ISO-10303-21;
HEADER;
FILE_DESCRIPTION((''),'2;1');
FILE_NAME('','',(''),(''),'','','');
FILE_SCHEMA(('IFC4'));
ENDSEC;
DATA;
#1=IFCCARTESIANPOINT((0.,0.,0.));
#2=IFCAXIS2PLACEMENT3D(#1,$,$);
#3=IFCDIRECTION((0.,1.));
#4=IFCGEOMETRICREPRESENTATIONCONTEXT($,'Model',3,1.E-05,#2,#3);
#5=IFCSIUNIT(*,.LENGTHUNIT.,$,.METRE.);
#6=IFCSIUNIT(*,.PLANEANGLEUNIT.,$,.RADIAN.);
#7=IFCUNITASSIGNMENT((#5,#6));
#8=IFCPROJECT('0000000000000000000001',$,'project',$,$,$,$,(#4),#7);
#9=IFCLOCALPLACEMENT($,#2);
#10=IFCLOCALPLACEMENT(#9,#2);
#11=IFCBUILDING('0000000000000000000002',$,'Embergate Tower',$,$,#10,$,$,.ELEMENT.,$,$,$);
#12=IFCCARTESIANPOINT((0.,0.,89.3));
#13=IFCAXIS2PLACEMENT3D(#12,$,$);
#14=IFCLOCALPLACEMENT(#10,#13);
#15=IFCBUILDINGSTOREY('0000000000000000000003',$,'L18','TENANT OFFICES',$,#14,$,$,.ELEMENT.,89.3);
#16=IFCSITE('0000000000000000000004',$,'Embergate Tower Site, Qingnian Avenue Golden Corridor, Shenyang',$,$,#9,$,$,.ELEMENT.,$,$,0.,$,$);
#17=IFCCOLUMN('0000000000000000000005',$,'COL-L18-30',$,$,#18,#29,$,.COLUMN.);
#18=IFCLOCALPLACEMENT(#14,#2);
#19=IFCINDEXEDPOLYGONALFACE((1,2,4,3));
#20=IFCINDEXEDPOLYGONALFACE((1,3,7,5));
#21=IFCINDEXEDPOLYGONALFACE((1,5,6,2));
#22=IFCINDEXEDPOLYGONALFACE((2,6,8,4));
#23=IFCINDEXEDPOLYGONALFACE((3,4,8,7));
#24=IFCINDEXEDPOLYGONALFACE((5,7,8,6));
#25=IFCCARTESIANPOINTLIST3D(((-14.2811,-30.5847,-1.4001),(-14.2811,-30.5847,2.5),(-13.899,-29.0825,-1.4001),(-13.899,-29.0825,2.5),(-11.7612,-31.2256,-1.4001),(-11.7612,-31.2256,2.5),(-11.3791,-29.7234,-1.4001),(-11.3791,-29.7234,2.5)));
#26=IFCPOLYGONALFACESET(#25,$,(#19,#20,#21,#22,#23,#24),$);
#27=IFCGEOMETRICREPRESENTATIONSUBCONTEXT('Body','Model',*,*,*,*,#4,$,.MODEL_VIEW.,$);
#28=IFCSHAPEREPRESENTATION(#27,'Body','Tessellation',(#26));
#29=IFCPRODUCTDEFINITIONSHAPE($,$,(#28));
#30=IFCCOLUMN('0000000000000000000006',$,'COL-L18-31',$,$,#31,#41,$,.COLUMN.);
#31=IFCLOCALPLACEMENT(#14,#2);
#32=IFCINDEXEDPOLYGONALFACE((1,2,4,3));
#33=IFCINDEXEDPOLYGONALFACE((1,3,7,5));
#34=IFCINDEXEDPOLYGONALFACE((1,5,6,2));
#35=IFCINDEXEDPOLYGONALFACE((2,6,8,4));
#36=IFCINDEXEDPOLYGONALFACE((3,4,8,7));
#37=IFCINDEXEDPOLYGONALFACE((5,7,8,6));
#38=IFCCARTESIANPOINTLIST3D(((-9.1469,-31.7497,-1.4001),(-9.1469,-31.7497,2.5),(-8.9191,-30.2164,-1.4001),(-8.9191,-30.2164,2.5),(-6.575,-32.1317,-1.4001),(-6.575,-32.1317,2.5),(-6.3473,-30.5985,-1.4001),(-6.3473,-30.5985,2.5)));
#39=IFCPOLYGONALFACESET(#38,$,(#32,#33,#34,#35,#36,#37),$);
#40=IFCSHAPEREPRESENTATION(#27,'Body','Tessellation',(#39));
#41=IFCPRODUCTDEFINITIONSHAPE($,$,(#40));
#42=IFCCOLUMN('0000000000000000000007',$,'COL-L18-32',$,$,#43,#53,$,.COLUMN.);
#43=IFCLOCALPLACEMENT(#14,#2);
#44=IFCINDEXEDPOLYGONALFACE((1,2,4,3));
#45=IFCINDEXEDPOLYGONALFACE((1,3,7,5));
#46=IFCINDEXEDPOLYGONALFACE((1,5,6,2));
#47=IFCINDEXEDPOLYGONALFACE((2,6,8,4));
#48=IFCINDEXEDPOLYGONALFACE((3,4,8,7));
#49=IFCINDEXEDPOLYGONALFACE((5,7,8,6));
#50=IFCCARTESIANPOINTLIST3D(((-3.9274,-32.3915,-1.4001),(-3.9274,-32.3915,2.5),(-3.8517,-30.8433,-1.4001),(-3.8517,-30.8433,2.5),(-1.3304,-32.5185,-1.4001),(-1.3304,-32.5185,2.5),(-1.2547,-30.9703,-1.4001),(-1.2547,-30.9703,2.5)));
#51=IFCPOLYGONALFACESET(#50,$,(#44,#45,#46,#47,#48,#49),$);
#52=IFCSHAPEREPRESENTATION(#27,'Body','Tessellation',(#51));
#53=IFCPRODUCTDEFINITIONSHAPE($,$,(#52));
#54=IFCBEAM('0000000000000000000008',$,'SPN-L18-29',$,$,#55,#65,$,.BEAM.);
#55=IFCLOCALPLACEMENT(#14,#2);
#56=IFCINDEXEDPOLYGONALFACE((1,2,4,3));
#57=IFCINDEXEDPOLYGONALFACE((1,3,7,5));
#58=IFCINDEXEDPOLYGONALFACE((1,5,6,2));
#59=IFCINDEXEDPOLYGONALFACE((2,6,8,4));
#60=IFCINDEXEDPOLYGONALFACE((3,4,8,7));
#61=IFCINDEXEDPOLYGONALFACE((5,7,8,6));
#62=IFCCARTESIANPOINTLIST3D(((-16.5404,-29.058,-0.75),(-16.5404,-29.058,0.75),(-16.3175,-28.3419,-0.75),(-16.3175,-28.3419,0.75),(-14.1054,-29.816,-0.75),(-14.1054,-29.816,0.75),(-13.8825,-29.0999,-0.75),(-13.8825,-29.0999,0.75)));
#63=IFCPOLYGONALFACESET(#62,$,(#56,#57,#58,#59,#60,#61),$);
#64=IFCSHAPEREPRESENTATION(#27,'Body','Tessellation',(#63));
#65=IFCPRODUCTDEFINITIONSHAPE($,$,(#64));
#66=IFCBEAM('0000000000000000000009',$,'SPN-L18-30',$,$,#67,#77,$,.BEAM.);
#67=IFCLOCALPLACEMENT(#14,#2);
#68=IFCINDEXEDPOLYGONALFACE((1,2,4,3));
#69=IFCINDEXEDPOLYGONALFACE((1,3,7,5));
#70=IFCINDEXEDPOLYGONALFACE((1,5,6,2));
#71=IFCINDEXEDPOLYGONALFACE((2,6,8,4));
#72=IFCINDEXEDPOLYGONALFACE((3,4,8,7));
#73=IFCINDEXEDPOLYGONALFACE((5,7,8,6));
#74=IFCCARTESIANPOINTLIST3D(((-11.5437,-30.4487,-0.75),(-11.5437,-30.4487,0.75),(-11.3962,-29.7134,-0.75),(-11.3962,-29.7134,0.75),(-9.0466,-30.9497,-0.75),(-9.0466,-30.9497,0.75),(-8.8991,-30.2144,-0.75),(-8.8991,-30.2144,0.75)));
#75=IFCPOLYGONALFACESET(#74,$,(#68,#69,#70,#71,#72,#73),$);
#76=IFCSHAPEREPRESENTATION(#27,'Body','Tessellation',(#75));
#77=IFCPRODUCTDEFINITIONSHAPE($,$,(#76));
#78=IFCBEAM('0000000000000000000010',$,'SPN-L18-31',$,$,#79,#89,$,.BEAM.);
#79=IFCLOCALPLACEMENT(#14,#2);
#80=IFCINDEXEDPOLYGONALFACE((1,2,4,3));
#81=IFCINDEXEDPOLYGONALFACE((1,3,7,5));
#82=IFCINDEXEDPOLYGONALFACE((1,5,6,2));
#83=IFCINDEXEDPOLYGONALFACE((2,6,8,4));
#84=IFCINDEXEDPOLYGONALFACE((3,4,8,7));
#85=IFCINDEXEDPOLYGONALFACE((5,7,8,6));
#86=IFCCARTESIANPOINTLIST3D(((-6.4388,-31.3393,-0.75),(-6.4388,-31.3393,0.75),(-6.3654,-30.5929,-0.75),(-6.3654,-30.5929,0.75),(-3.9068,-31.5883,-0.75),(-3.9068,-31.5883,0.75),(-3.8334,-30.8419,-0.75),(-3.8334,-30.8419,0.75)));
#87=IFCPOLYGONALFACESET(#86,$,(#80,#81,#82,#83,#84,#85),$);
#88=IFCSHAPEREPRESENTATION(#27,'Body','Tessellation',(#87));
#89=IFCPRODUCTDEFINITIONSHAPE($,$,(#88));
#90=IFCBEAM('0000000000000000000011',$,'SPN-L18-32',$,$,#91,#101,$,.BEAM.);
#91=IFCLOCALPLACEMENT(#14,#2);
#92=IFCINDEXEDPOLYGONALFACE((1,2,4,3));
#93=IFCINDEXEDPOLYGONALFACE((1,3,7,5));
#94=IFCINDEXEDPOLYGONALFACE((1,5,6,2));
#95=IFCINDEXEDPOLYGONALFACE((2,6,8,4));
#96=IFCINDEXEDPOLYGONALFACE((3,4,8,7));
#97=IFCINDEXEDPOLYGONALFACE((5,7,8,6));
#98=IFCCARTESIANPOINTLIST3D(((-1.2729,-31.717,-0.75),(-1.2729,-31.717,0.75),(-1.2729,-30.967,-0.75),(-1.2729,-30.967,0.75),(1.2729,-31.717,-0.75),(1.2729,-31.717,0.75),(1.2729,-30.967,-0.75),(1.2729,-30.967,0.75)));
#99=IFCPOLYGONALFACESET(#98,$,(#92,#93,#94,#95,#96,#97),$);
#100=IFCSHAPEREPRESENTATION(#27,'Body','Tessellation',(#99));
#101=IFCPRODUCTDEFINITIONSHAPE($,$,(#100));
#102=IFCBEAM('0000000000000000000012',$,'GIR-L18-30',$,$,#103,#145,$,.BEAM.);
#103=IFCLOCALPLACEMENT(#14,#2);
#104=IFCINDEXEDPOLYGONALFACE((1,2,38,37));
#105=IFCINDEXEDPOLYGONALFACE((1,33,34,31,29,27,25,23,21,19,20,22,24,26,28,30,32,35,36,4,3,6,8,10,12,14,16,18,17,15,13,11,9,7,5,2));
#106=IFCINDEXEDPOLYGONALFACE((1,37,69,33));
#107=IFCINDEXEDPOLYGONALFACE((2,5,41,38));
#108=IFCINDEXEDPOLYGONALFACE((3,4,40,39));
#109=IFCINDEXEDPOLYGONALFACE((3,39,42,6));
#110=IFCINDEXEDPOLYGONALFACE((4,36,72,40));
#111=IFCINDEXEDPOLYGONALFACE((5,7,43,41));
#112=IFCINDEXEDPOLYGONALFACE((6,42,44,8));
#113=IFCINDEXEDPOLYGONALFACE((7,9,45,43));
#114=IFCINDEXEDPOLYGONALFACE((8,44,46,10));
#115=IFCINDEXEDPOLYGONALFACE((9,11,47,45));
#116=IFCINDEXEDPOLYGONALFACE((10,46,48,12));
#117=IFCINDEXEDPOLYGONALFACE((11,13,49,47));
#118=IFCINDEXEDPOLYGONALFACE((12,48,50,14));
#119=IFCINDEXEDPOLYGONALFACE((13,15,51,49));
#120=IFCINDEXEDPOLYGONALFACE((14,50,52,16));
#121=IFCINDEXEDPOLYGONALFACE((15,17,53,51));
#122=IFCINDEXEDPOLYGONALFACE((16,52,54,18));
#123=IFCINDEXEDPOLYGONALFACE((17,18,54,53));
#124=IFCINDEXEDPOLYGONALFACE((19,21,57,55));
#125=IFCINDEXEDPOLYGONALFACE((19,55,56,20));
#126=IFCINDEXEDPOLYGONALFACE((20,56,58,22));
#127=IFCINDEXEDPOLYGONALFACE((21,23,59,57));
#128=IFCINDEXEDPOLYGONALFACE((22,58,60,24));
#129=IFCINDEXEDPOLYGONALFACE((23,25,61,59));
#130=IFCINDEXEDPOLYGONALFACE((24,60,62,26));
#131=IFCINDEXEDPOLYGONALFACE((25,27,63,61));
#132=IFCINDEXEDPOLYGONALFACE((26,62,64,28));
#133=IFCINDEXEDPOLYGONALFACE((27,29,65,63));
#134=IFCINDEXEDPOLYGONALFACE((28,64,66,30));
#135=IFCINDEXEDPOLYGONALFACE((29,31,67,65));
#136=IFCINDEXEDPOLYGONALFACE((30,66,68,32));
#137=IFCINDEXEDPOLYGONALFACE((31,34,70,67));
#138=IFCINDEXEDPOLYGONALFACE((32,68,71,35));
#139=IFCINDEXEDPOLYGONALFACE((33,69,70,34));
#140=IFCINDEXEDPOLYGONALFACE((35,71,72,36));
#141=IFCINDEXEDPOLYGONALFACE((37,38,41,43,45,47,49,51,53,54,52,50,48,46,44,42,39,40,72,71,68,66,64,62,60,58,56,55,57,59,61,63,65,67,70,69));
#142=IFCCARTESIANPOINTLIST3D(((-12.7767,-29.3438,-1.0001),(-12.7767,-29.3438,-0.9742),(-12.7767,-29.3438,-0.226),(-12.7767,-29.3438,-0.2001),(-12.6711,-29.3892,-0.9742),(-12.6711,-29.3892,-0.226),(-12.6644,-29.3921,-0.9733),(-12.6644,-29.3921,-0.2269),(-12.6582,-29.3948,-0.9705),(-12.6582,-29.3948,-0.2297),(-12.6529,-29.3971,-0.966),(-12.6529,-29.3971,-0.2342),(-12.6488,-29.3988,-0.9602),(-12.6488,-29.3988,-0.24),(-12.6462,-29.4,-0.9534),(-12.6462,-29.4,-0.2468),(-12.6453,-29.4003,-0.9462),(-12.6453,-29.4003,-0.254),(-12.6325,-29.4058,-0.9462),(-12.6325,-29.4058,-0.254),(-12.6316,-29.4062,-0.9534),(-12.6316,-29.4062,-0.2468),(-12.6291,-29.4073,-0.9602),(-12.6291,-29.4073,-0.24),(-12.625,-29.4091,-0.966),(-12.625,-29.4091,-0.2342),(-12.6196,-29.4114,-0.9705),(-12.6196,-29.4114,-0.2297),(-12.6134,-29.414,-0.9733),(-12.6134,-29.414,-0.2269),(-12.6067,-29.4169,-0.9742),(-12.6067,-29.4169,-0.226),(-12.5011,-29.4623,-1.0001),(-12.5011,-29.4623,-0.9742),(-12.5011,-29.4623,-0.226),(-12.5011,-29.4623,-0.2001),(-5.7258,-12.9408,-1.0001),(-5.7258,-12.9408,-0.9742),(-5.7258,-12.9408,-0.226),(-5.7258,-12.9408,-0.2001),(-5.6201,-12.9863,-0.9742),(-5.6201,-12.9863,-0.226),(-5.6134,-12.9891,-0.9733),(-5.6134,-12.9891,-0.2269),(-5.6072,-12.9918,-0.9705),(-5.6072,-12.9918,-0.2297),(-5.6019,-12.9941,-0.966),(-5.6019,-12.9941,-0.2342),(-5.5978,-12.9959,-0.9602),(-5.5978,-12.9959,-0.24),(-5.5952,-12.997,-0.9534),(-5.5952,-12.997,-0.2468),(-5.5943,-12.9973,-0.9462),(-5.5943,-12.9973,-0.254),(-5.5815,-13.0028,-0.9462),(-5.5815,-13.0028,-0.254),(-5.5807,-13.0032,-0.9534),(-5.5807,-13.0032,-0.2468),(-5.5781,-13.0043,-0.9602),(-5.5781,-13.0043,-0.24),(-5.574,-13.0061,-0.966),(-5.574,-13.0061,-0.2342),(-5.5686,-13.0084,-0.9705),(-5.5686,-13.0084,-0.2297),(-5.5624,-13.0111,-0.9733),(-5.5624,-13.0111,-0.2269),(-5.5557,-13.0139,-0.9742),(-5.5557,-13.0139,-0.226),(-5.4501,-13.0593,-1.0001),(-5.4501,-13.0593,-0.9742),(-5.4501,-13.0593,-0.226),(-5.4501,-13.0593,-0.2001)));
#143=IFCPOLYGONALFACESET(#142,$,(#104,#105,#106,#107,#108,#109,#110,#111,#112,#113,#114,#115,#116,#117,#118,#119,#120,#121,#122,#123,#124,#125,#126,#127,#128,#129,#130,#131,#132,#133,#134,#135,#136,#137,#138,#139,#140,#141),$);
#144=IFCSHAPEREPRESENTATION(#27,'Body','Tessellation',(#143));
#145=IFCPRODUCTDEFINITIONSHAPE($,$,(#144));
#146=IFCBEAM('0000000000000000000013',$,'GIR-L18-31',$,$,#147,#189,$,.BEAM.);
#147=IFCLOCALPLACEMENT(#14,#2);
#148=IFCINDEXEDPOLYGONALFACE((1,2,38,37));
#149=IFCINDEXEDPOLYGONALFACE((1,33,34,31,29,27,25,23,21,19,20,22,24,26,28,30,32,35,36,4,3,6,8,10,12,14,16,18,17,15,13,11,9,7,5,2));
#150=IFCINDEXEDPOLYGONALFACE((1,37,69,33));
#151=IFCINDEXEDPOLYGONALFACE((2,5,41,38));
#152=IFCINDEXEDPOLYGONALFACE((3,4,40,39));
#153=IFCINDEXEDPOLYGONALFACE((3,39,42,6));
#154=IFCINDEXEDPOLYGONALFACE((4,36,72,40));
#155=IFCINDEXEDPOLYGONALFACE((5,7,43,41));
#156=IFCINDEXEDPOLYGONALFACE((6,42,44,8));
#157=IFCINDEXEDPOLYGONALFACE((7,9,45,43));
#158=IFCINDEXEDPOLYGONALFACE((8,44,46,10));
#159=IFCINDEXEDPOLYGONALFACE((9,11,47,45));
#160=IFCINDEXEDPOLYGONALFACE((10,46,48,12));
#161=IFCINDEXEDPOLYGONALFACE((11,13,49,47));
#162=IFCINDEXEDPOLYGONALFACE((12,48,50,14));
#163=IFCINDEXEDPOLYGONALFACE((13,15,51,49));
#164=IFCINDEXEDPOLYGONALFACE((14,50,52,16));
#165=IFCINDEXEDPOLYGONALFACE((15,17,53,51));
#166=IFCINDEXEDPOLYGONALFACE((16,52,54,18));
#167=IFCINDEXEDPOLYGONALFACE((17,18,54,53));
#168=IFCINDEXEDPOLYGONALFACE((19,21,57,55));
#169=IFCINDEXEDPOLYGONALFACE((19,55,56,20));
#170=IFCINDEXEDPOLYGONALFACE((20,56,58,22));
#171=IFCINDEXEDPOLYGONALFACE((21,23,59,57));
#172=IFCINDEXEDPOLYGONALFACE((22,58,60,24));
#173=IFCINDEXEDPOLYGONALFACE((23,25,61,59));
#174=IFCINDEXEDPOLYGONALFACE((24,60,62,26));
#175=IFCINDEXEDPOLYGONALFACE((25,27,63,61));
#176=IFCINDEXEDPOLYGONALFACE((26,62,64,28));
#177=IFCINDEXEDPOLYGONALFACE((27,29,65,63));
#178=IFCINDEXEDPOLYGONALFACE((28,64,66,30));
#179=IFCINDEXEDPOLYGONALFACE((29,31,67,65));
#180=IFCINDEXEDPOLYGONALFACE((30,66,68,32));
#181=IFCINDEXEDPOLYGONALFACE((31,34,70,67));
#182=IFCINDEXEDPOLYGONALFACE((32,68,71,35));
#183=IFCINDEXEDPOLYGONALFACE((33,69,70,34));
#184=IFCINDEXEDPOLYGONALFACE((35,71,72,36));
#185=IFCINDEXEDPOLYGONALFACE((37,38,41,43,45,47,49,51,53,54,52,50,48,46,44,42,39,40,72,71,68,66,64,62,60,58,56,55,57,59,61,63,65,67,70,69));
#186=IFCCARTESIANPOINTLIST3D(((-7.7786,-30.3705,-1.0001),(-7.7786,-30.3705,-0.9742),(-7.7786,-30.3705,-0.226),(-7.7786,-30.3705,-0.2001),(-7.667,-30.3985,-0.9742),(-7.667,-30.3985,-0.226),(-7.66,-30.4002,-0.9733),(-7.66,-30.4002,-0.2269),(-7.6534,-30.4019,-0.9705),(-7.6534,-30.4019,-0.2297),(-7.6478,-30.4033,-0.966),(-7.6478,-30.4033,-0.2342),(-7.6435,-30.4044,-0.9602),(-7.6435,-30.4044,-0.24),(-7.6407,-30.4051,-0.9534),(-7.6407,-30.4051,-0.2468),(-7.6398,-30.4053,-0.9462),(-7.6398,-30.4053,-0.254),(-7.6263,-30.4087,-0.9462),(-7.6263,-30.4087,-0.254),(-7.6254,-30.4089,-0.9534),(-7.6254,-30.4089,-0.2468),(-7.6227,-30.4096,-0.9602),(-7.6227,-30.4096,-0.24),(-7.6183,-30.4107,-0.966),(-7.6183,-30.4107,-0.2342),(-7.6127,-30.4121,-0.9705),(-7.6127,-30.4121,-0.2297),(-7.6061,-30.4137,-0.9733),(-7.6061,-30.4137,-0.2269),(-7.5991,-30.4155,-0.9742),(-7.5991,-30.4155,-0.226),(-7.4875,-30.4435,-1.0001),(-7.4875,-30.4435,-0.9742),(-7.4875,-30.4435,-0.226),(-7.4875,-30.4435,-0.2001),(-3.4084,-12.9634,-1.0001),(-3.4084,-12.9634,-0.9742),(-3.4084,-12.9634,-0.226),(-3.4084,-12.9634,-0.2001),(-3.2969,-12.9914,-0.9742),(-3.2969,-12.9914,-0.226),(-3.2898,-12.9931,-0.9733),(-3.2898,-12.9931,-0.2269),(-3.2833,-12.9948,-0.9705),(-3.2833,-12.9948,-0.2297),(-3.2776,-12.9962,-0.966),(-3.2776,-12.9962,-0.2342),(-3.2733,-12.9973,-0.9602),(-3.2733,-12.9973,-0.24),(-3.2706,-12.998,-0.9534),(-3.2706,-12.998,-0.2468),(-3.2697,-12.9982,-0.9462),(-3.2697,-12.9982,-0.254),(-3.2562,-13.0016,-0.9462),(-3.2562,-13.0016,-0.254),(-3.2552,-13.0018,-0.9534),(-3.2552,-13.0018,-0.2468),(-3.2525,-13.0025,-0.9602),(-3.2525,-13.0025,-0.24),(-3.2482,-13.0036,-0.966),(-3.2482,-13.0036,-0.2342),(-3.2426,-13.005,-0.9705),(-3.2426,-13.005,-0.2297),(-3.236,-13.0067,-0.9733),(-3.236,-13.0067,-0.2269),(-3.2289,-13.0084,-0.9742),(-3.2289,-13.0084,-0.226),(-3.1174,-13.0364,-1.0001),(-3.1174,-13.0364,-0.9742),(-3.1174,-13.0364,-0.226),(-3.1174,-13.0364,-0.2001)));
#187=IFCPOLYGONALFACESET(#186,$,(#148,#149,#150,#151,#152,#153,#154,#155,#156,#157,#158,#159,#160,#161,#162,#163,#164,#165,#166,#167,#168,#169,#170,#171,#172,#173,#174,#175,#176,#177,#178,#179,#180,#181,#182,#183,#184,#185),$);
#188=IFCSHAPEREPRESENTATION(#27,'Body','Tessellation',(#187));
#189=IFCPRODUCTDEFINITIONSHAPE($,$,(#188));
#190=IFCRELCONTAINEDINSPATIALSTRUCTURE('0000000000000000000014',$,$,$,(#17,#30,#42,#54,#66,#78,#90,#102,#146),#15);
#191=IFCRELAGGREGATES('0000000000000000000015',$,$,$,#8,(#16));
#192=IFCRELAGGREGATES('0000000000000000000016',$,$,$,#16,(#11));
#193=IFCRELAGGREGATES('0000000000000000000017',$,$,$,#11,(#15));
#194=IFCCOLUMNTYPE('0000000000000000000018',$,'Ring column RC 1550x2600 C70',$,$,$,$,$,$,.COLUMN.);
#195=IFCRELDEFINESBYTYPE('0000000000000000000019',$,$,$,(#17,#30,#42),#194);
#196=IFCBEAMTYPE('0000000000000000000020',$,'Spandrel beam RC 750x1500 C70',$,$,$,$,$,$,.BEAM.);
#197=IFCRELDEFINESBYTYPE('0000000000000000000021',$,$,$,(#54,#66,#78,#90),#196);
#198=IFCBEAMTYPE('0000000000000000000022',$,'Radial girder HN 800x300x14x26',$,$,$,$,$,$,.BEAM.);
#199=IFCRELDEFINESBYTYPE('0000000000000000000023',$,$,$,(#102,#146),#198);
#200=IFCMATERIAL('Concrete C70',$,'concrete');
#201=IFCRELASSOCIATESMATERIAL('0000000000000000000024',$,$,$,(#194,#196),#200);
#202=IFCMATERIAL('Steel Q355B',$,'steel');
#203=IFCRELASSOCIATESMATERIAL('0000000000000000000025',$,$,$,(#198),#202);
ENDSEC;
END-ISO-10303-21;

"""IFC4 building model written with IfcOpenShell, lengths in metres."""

from ifc_helpers import new_model, si_unit, direction, frame, origin, origin_2d, place, context, subcontext, project, spatial, rectangle, i_section, extrude, source, transform, mapped, material, material_profile, profile_set, type_object, element, save


model = new_model("IFC4")

# Units and contexts
model_context = context("Model", 3, precision=1e-05, world=origin(), true_north=direction((0.0, 1.0)))
body_context = subcontext(model_context, "Body", "Model", "MODEL_VIEW")
ifc_project = project(units=[si_unit("LENGTHUNIT", "METRE"), si_unit("PLANEANGLEUNIT", "RADIAN")], contexts=[model_context])

# Site, building, storey
site_placement = place(None, origin())
site = spatial("IfcSite", under=ifc_project, at=site_placement, Name="Embergate Tower Site, Qingnian Avenue Golden Corridor, Shenyang", CompositionType="ELEMENT", RefElevation=0.0)
building_placement = place(site_placement, origin())
building = spatial("IfcBuilding", under=site, at=building_placement, Name="Embergate Tower", CompositionType="ELEMENT")
storey_placement = place(building_placement, frame((0.0, 0.0, 89.3)))
storey = spatial("IfcBuildingStorey", under=building, at=storey_placement, Name="L18", Description="TENANT OFFICES", CompositionType="ELEMENT", Elevation=89.3)

# Columns
ifc_material_1 = material(Name="Concrete C70", Category="concrete")
ifc_material_profile_1 = material_profile(ifc_material_1, rectangle(XDim=1.55, YDim=2.6001, at=origin_2d()), Name="RC 1550x2600")
ifc_profile_set_1 = profile_set([ifc_material_profile_1], Name="Concrete C70")
column_type = type_object("IfcColumnType", Name="Ring column RC 1550x2600 C70", PredefinedType="COLUMN", material=ifc_profile_set_1)
shared_shape_1 = source(origin(), body_context, "Body", "SweptSolid", [
    extrude(rectangle(XDim=1.55, YDim=2.6001, at=origin_2d()), origin(), (0.0, 0.0, 1.0), 3.9001),
])
for number, where, z_axis, x_axis, name in (
    (1, (-12.8301, -30.1541, -1.4001), (0.0, 0.0, 1.0), (-0.246492, -0.969145, 0.0), "COL-L18-30"),
    (2, (-7.7471, -31.1741, -1.4001), (0.0, 0.0, 1.0), (-0.146929, -0.989147, 0.0), "COL-L18-31"),
    (3, (-2.5911, -31.6809, -1.4001), (0.0, 0.0, 1.0), (-0.048815, -0.998808, 0.0), "COL-L18-32"),
):
    element("IfcColumn", number, at=place(storey_placement, frame(where, z_axis=z_axis, x_axis=x_axis)), inside=storey, type_object=column_type, Name=name, PredefinedType="COLUMN", context=body_context, shape_type="MappedRepresentation", body=[
        mapped(shared_shape_1, transform((0.0, 0.0, 0.0))),
    ])

# Beams
ifc_material_profile_2 = material_profile(ifc_material_1, rectangle(XDim=0.75, YDim=1.5, at=origin_2d()), Name="RC 750x1500")
ifc_profile_set_2 = profile_set([ifc_material_profile_2], Name="Concrete C70")
beam_type_1 = type_object("IfcBeamType", Name="Spandrel beam RC 750x1500 C70", PredefinedType="BEAM", material=ifc_profile_set_2)
shared_shape_2 = source(origin(), body_context, "Body", "SweptSolid", [
    extrude(rectangle(XDim=0.75, YDim=1.5, at=origin_2d()), origin(), (0.0, 0.0, 1.0), 2.5503),
])
beam_1_placement = place(storey_placement, frame((-16.429, -28.7, 0.0), z_axis=(0.954803, -0.297239, 0.0), x_axis=(0.297239, 0.954803, 0.0)))
element("IfcBeam", 4, at=beam_1_placement, inside=storey, type_object=beam_type_1, Name="SPN-L18-29", PredefinedType="BEAM", context=body_context, shape_type="MappedRepresentation", body=[
    mapped(shared_shape_2, transform((0.0, 0.0, 0.0))),
])
shared_shape_3 = source(origin(), body_context, "Body", "SweptSolid", [
    extrude(rectangle(XDim=0.75, YDim=1.5, at=origin_2d()), origin(), (0.0, 0.0, 1.0), 2.5469),
])
beam_2_placement = place(storey_placement, frame((-11.47, -30.0811, 0.0), z_axis=(0.980463, -0.196706, 0.0), x_axis=(0.196706, 0.980463, 0.0)))
element("IfcBeam", 5, at=beam_2_placement, inside=storey, type_object=beam_type_1, Name="SPN-L18-30", PredefinedType="BEAM", context=body_context, shape_type="MappedRepresentation", body=[
    mapped(shared_shape_3, transform((0.0, 0.0, 0.0))),
])
shared_shape_4 = source(origin(), body_context, "Body", "SweptSolid", [
    extrude(rectangle(XDim=0.75, YDim=1.5, at=origin_2d()), origin(), (0.0, 0.0, 1.0), 2.5442),
])
beam_3_placement = place(storey_placement, frame((-6.4021, -30.9661, 0.0), z_axis=(0.995198, -0.097879, 0.0), x_axis=(0.097879, 0.995198, 0.0)))
element("IfcBeam", 6, at=beam_3_placement, inside=storey, type_object=beam_type_1, Name="SPN-L18-31", PredefinedType="BEAM", context=body_context, shape_type="MappedRepresentation", body=[
    mapped(shared_shape_4, transform((0.0, 0.0, 0.0))),
])
shared_shape_5 = source(origin(), body_context, "Body", "SweptSolid", [
    extrude(rectangle(XDim=0.75, YDim=1.5, at=origin_2d()), origin(), (0.0, 0.0, 1.0), 2.5459),
])
beam_4_placement = place(storey_placement, frame((-1.2729, -31.342, 0.0), z_axis=(1.0, 0.0, 0.0), x_axis=(0.0, 1.0, 0.0)))
element("IfcBeam", 7, at=beam_4_placement, inside=storey, type_object=beam_type_1, Name="SPN-L18-32", PredefinedType="BEAM", context=body_context, shape_type="MappedRepresentation", body=[
    mapped(shared_shape_5, transform((0.0, 0.0, 0.0))),
])
ifc_material_2 = material(Name="Steel Q355B", Category="steel")
ifc_material_profile_3 = material_profile(ifc_material_2, i_section(OverallWidth=0.3, OverallDepth=0.8, WebThickness=0.0139, FlangeThickness=0.0259, FilletRadius=0.0281, at=origin_2d()), Name="HN 800x300x14x26")
ifc_profile_set_3 = profile_set([ifc_material_profile_3], Name="Steel Q355 grade B")
beam_type_2 = type_object("IfcBeamType", Name="Radial girder HN 800x300x14x26", PredefinedType="BEAM", material=ifc_profile_set_3)
shared_shape_6 = source(origin(), body_context, "Body", "SweptSolid", [
    extrude(i_section(OverallWidth=0.3, OverallDepth=0.8, WebThickness=0.0139, FlangeThickness=0.0259, FilletRadius=0.0281, at=origin_2d()), origin(), (0.0, 0.0, 1.0), 17.8542),
])
beam_5_placement = place(storey_placement, frame((-12.6389, -29.4031, -0.6001), z_axis=(0.394919, 0.918716, 0.0), x_axis=(-0.918716, 0.394919, 0.0)))
element("IfcBeam", 8, at=beam_5_placement, inside=storey, type_object=beam_type_2, Name="GIR-L18-30", PredefinedType="BEAM", context=body_context, shape_type="MappedRepresentation", body=[
    mapped(shared_shape_6, transform((0.0, 0.0, 0.0))),
])
shared_shape_7 = source(origin(), body_context, "Body", "SweptSolid", [
    extrude(i_section(OverallWidth=0.3, OverallDepth=0.8, WebThickness=0.0139, FlangeThickness=0.0259, FilletRadius=0.0281, at=origin_2d()), origin(), (0.0, 0.0, 1.0), 17.9473),
])
beam_6_placement = place(storey_placement, frame((-7.6331, -30.407, -0.6001), z_axis=(0.243499, 0.969901, 0.0), x_axis=(-0.969901, 0.243499, 0.0)))
element("IfcBeam", 9, at=beam_6_placement, inside=storey, type_object=beam_type_2, Name="GIR-L18-31", PredefinedType="BEAM", context=body_context, shape_type="MappedRepresentation", body=[
    mapped(shared_shape_7, transform((0.0, 0.0, 0.0))),
])

save(model, "model.ifc")
